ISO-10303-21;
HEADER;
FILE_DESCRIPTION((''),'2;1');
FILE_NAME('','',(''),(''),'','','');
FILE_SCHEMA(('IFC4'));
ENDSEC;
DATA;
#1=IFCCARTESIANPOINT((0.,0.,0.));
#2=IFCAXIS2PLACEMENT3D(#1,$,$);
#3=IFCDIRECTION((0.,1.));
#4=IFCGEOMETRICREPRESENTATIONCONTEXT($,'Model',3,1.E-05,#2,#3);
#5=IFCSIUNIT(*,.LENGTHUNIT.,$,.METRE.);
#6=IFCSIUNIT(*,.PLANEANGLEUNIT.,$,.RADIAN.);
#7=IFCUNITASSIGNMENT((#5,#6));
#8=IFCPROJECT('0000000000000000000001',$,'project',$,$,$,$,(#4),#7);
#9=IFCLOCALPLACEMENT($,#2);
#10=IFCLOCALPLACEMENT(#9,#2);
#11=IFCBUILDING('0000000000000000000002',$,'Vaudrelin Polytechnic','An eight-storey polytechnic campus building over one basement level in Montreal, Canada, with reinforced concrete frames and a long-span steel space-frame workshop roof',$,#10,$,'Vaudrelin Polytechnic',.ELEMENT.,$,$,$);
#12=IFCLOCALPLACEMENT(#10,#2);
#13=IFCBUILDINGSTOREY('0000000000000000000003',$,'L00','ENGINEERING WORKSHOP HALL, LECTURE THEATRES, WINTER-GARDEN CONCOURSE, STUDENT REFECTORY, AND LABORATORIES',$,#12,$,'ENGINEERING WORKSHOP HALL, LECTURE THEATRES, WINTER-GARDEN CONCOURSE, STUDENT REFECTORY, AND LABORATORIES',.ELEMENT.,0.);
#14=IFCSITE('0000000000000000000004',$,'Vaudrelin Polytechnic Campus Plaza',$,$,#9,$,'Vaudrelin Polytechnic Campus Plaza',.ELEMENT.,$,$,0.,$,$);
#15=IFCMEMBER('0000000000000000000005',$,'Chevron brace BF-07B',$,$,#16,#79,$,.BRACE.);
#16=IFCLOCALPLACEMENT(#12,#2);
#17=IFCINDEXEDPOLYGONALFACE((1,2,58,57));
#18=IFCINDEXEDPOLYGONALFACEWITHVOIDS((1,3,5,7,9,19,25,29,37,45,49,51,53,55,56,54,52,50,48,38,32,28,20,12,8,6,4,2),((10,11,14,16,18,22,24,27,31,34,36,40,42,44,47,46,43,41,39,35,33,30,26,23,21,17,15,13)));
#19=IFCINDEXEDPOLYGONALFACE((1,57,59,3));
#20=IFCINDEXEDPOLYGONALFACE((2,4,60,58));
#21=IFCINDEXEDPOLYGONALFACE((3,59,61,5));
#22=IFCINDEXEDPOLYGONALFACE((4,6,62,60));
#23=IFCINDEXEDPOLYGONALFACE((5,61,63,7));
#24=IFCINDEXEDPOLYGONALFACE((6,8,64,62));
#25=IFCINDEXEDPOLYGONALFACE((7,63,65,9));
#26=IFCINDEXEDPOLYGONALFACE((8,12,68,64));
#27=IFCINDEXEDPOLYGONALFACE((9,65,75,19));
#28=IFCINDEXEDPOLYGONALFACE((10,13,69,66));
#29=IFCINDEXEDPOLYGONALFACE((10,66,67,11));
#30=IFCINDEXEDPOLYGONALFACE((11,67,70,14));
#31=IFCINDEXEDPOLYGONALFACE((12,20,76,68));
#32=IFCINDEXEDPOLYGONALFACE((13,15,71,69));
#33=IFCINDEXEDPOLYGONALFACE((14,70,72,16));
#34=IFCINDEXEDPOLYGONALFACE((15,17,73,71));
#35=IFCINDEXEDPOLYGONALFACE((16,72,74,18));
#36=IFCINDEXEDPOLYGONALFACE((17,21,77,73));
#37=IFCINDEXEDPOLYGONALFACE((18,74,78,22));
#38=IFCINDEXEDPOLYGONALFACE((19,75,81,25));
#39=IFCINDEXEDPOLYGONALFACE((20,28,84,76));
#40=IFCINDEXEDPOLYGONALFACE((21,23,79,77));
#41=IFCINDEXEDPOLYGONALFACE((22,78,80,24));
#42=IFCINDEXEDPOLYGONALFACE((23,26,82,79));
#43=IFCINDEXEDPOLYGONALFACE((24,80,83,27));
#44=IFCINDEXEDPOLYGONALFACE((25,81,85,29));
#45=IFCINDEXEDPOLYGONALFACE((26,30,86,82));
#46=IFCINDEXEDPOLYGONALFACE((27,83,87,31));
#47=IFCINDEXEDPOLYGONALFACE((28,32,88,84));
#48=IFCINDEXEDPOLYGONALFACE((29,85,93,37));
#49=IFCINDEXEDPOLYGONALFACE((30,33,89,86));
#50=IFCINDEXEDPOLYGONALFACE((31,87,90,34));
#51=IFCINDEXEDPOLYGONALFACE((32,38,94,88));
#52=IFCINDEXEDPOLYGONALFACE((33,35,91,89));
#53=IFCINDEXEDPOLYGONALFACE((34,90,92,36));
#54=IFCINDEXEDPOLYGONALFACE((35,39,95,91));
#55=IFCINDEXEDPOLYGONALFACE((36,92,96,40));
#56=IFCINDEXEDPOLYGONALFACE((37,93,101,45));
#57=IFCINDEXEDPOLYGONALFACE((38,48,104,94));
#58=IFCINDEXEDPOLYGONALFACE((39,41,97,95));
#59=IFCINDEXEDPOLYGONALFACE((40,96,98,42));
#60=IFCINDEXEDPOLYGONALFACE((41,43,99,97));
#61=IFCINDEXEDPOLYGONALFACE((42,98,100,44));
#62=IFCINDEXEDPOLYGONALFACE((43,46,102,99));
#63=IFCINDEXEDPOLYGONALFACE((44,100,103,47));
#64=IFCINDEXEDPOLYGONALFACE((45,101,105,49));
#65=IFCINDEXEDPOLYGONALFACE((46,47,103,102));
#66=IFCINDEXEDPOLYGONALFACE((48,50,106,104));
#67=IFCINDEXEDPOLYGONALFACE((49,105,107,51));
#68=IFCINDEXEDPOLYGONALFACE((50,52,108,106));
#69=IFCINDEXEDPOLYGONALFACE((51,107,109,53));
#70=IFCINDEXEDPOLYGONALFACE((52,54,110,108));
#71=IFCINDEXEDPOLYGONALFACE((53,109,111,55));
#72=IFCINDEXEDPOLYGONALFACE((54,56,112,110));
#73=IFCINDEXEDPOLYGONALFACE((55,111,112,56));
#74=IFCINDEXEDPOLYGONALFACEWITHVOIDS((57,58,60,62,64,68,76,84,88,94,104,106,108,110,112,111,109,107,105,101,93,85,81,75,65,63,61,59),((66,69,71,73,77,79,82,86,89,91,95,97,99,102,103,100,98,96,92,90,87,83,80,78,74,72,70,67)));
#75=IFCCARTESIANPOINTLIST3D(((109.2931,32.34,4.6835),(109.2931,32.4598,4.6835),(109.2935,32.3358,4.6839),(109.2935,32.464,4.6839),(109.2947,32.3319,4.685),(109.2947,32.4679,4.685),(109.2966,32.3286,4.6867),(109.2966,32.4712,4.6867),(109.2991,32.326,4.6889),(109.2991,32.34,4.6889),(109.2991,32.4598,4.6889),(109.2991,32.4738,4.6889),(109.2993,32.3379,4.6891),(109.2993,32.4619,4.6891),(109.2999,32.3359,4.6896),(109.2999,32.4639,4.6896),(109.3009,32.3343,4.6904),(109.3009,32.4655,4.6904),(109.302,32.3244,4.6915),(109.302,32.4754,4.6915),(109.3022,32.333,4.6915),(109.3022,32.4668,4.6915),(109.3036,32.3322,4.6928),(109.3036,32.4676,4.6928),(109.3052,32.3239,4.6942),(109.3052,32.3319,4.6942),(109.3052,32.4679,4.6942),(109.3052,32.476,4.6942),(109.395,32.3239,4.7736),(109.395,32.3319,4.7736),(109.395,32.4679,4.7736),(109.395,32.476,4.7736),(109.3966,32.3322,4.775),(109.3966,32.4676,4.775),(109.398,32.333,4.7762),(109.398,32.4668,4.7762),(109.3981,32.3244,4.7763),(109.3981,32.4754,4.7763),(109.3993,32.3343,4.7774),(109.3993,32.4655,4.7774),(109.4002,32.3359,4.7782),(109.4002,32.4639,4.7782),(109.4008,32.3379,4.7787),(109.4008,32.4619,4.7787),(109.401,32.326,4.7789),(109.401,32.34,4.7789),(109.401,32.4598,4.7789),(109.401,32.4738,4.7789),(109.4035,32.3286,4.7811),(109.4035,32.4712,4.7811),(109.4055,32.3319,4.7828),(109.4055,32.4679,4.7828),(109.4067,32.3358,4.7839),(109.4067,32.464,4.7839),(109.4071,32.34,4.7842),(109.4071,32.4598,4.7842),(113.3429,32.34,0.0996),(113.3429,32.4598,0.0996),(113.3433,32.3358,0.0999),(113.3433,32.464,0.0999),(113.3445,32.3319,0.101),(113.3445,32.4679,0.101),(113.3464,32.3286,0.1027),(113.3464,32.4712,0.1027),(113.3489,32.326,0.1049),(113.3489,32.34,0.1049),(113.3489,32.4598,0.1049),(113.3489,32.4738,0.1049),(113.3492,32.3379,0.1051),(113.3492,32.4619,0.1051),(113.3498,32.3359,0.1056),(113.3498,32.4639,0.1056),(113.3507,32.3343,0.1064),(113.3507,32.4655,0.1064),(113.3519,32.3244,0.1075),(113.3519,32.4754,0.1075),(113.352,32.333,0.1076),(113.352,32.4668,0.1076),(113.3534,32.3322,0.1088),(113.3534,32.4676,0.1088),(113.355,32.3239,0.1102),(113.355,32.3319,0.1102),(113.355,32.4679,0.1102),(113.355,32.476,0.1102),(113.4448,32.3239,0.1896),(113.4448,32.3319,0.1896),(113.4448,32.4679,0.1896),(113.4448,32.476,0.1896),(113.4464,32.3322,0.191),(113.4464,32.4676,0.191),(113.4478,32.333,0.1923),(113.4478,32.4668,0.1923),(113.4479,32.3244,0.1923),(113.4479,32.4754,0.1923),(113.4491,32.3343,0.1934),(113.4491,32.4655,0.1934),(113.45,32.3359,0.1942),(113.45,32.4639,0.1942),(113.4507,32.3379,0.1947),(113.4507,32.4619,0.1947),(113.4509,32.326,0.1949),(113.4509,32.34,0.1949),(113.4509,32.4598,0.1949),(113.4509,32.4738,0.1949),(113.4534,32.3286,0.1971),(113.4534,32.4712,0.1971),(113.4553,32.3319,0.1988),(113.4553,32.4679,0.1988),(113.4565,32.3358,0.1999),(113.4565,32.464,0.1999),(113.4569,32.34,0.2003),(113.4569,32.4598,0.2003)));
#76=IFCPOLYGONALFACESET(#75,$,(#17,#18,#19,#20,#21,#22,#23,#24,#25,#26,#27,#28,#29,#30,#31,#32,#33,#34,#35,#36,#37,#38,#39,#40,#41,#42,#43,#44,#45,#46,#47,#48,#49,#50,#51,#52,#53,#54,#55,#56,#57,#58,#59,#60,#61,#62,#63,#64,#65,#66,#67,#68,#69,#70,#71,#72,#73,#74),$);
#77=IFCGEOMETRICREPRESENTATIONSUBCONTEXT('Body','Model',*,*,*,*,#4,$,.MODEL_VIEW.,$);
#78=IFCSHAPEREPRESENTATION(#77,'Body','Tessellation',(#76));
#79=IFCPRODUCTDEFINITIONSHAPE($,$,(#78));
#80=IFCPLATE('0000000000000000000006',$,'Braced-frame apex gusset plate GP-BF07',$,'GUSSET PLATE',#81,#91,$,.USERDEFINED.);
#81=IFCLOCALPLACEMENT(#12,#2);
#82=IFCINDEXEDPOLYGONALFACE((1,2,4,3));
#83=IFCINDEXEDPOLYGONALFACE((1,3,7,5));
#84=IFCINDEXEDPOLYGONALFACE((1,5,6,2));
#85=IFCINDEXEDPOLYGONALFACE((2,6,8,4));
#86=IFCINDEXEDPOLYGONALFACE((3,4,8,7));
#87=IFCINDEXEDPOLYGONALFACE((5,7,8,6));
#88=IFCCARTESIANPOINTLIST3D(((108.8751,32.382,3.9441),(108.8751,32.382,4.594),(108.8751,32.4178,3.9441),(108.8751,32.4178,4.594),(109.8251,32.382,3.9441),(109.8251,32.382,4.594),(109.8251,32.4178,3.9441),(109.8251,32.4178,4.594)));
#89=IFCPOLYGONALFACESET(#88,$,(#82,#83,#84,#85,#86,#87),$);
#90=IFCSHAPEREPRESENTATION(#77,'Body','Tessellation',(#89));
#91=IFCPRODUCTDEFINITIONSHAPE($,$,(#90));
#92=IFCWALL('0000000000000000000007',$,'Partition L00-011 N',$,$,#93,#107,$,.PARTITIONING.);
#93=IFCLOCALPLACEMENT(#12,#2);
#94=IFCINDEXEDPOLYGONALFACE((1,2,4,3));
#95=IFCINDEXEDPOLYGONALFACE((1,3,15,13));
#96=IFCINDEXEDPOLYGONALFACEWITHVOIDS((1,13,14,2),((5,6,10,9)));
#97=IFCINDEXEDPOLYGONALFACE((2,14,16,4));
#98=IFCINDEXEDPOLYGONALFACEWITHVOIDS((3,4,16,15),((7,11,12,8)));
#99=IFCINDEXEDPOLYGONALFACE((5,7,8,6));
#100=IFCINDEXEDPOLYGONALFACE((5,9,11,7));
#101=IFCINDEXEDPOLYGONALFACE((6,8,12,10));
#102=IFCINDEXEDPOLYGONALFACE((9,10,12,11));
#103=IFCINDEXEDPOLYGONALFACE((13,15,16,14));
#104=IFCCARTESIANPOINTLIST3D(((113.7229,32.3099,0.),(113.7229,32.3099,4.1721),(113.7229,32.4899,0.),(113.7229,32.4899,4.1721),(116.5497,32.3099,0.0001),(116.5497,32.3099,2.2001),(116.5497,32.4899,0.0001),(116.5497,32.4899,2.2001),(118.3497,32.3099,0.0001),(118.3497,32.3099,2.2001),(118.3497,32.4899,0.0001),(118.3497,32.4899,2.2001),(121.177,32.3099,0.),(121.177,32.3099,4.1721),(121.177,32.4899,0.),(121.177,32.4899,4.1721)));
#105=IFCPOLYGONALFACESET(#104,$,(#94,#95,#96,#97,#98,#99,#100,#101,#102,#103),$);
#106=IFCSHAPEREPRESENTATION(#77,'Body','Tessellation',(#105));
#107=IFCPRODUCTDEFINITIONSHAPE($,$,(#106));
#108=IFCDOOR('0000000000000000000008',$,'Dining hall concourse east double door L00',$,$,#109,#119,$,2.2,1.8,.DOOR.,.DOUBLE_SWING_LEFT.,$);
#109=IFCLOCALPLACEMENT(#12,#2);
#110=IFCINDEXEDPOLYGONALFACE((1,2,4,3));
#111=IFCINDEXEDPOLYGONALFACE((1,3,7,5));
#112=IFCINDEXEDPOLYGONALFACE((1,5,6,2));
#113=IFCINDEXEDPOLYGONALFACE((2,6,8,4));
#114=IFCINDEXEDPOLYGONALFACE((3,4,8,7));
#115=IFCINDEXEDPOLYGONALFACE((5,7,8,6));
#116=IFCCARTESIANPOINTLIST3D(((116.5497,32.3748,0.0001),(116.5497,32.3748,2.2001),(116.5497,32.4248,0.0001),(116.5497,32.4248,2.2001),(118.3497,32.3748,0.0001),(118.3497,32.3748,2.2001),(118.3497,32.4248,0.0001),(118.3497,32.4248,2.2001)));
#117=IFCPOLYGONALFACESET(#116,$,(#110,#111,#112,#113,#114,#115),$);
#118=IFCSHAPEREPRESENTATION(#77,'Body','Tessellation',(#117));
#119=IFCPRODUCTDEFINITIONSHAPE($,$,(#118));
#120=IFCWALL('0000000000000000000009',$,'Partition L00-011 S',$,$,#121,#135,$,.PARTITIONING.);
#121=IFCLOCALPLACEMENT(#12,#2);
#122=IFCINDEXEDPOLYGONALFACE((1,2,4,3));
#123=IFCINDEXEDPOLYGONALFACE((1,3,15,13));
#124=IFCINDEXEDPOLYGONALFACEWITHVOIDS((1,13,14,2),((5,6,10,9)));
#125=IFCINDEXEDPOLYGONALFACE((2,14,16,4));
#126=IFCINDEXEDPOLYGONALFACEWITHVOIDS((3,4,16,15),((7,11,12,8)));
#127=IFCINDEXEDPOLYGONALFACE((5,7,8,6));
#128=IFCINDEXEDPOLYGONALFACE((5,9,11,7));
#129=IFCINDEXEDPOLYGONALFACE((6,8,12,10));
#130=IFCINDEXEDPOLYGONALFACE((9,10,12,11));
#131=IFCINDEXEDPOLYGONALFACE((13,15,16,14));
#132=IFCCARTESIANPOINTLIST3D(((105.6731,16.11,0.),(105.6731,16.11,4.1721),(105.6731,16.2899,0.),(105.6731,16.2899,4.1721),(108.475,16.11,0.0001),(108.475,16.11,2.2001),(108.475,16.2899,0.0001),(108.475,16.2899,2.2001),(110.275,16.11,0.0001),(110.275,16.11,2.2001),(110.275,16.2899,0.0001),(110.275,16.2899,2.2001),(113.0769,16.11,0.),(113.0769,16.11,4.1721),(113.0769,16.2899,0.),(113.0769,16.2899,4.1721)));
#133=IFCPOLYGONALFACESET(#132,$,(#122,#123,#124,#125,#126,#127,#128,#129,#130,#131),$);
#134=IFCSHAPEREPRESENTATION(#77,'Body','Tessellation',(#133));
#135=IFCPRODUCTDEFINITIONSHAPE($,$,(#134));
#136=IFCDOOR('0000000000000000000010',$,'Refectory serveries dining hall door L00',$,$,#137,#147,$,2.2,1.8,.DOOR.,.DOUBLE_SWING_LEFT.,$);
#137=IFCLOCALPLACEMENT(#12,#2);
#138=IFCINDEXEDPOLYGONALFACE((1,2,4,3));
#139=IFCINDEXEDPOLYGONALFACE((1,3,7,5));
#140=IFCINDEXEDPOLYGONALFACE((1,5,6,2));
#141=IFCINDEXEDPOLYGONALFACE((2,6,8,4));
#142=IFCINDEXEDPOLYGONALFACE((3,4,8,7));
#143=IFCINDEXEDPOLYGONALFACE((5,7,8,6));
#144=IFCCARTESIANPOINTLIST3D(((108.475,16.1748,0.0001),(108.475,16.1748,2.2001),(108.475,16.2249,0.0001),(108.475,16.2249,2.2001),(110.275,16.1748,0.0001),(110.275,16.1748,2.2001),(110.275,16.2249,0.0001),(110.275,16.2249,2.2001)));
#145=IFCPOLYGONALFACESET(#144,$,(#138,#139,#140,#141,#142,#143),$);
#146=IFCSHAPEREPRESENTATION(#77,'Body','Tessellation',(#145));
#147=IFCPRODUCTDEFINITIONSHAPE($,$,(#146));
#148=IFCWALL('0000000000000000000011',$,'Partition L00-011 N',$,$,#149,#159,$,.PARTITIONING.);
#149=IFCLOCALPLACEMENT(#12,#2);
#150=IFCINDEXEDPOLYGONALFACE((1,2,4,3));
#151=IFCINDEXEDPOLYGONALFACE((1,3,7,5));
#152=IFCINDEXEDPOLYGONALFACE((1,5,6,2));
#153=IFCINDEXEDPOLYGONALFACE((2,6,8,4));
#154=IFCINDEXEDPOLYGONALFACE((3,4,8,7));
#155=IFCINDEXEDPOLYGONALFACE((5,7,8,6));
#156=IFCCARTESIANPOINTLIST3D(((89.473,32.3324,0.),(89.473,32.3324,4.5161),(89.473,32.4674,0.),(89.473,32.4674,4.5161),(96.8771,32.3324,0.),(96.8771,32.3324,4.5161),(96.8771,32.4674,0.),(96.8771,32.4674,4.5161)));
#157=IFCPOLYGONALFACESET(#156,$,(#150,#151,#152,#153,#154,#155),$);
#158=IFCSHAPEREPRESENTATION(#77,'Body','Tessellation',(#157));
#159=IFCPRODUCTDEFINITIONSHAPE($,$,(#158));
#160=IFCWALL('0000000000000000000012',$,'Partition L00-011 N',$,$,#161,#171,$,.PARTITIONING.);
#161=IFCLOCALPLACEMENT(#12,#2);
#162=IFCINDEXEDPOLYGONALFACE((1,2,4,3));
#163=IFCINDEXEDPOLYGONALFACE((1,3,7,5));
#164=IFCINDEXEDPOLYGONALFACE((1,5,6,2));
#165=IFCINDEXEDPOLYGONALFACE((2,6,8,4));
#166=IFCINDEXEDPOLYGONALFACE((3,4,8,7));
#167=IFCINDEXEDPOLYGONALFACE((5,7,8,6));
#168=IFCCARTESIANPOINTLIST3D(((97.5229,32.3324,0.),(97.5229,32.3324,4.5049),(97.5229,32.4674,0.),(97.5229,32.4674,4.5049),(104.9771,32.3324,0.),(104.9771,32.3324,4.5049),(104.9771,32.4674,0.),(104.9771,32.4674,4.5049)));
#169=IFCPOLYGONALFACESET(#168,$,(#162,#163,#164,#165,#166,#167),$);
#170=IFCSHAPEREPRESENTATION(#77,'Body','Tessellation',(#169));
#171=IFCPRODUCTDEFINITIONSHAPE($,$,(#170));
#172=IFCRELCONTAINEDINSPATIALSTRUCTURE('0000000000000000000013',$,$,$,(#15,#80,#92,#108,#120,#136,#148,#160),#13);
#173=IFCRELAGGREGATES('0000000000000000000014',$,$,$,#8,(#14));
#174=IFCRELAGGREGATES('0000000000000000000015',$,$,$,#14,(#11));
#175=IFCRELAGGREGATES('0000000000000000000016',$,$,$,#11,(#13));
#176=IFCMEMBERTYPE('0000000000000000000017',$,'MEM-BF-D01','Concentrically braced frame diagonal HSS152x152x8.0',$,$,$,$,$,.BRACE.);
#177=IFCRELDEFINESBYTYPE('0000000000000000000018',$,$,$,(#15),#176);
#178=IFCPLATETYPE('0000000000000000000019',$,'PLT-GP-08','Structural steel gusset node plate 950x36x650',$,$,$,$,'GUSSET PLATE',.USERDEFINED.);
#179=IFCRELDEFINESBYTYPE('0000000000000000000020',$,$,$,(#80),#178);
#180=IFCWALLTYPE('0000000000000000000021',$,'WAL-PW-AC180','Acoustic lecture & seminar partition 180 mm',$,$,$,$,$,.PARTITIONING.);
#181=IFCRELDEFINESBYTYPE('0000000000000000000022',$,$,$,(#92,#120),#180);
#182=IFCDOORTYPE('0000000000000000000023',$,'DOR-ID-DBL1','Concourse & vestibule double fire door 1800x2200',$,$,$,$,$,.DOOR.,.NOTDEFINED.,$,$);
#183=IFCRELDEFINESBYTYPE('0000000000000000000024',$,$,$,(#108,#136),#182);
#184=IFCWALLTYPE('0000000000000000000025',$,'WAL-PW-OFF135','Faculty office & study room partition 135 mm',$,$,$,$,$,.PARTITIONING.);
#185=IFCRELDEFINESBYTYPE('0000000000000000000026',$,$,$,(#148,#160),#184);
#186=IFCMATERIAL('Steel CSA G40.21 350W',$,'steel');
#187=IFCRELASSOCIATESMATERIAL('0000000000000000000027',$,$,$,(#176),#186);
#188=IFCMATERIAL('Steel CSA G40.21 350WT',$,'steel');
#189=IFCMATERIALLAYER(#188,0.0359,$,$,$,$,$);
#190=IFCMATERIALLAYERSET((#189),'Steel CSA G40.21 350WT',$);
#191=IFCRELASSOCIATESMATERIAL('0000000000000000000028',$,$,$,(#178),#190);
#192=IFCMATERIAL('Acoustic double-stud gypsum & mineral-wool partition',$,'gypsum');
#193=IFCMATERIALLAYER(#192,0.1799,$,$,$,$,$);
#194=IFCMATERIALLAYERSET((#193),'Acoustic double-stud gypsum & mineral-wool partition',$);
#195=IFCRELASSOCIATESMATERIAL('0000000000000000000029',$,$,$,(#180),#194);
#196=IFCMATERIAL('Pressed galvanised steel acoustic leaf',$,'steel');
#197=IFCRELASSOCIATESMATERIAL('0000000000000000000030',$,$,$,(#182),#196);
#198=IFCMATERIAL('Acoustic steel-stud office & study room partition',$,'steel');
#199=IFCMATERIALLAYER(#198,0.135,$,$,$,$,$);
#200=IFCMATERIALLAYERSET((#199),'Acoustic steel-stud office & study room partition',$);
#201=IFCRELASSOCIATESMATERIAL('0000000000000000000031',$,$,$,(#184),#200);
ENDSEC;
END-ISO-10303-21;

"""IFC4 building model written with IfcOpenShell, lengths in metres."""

from ifc_helpers import new_model, si_unit, direction, frame, frame_2d, origin, origin_2d, place, context, subcontext, project, spatial, rectangle, hollow_rectangle, extrude, material, layer, layer_set, material_profile, profile_set, type_object, element, fill, save


model = new_model("IFC4")

# Units and contexts
model_context = context("Model", 3, precision=1e-05, world=origin(), true_north=direction((0.0, 1.0)))
body_context = subcontext(model_context, "Body", "Model", "MODEL_VIEW")
ifc_project = project(units=[si_unit("LENGTHUNIT", "METRE"), si_unit("PLANEANGLEUNIT", "RADIAN")], contexts=[model_context])

# Site, building, storey
site_placement = place(None, origin())
site = spatial("IfcSite", under=ifc_project, at=site_placement, Name="Vaudrelin Polytechnic Campus Plaza", LongName="Vaudrelin Polytechnic Campus Plaza", CompositionType="ELEMENT", RefElevation=0.0)
building_placement = place(site_placement, origin())
building = spatial("IfcBuilding", under=site, at=building_placement, Name="Vaudrelin Polytechnic", Description="An eight-storey polytechnic campus building over one basement level in Montreal, Canada, with reinforced concrete frames and a long-span steel space-frame workshop roof", LongName="Vaudrelin Polytechnic", CompositionType="ELEMENT")
storey_placement = place(building_placement, origin())
storey = spatial("IfcBuildingStorey", under=building, at=storey_placement, Name="L00", Description="ENGINEERING WORKSHOP HALL, LECTURE THEATRES, WINTER-GARDEN CONCOURSE, STUDENT REFECTORY, AND LABORATORIES", LongName="ENGINEERING WORKSHOP HALL, LECTURE THEATRES, WINTER-GARDEN CONCOURSE, STUDENT REFECTORY, AND LABORATORIES", CompositionType="ELEMENT", Elevation=0.0)

# Shared definitions
ifc_material_1 = material(Name="Steel CSA G40.21 350W", Category="steel")
ifc_material_2 = material(Name="Steel CSA G40.21 350WT", Category="steel")

# Member
ifc_material_profile_1 = material_profile(ifc_material_1, hollow_rectangle(XDim=0.1521, YDim=0.1521, WallThickness=0.0081, InnerFilletRadius=0.0081, OuterFilletRadius=0.0161, at=origin_2d()), Name="HSS152x152x8.0")
ifc_profile_set_1 = profile_set([ifc_material_profile_1], Name="Steel CSA G40.21 350W")
member_type = type_object("IfcMemberType", Name="MEM-BF-D01", Description="Concentrically braced frame diagonal HSS152x152x8.0", PredefinedType="BRACE", material=ifc_profile_set_1)
member_1_placement = place(storey_placement, frame((113.3999, 32.3999, 0.1499), z_axis=(-0.662091, 0.0, 0.749423), x_axis=(0.0, -1.0, 0.0)))
element("IfcMember", 1, at=member_1_placement, inside=storey, type_object=member_type, Name="Chevron brace BF-07B", PredefinedType="BRACE", context=body_context, shape_type="SweptSolid", body=[
    extrude(hollow_rectangle(XDim=0.1521, YDim=0.1521, WallThickness=0.0081, InnerFilletRadius=0.0081, OuterFilletRadius=0.0161, at=origin_2d()), origin(), (0.0, 0.0, 1.0), 6.1167),
])

# Plate
ifc_layer_1 = layer(ifc_material_2, 0.0359)
ifc_layer_set_1 = layer_set([ifc_layer_1], Name="Steel CSA G40.21 350WT")
plate_type = type_object("IfcPlateType", Name="PLT-GP-08", Description="Structural steel gusset node plate 950x36x650", ElementType="GUSSET PLATE", PredefinedType="USERDEFINED", material=ifc_layer_set_1)
plate_placement = place(storey_placement, frame((109.3501, 32.3999, 3.9441), z_axis=(0.0, 0.0, 1.0), x_axis=(1.0, 0.0, 0.0)))
element("IfcPlate", 2, at=plate_placement, inside=storey, type_object=plate_type, Name="Braced-frame apex gusset plate GP-BF07", ObjectType="GUSSET PLATE", PredefinedType="USERDEFINED", context=body_context, shape_type="SweptSolid", body=[
    extrude(rectangle(XDim=0.95, YDim=0.0359, at=origin_2d()), origin(), (0.0, 0.0, 1.0), 0.6499),
])

# Walls, openings, doors
ifc_material_3 = material(Name="Acoustic double-stud gypsum & mineral-wool partition", Category="gypsum")
ifc_layer_2 = layer(ifc_material_3, 0.1799)
ifc_layer_set_2 = layer_set([ifc_layer_2], Name="Acoustic double-stud gypsum & mineral-wool partition")
wall_type_1 = type_object("IfcWallType", Name="WAL-PW-AC180", Description="Acoustic lecture & seminar partition 180 mm", PredefinedType="PARTITIONING", material=ifc_layer_set_2)
wall_1_placement = place(storey_placement, frame((113.7229, 32.3999, 0.0), z_axis=(0.0, 0.0, 1.0), x_axis=(1.0, 0.0, 0.0)))
wall_1 = element("IfcWall", 3, at=wall_1_placement, inside=storey, type_object=wall_type_1, Name="Partition L00-011 N", PredefinedType="PARTITIONING", context=body_context, shape_type="SweptSolid", body=[
    extrude(rectangle(XDim=7.4541, YDim=0.1799, at=frame_2d((3.7271, 0.0))), origin(), (0.0, 0.0, 1.0), 4.1721),
])
opening_1_placement = place(wall_1_placement, frame((2.8269, 0.0, 0.0)))
opening_1 = element("IfcOpeningElement", 4, at=opening_1_placement, cuts=wall_1, PredefinedType="OPENING", context=body_context, shape_type="SweptSolid", body=[
    extrude(rectangle(XDim=1.8, YDim=2.2, at=frame_2d((0.8999, 1.1001))), frame((0.0, 0.1001, 0.0), z_axis=(0.0, -1.0, 0.0), x_axis=(1.0, 0.0, 0.0)), (0.0, 0.0, 1.0), 0.2),
])
ifc_material_4 = material(Name="Pressed galvanised steel acoustic leaf", Category="steel")
door_type = type_object("IfcDoorType", Name="DOR-ID-DBL1", Description="Concourse & vestibule double fire door 1800x2200", OperationType="NOTDEFINED", PredefinedType="DOOR", material=ifc_material_4)
door_1_placement = place(opening_1_placement, origin())
door_1 = element("IfcDoor", 5, at=door_1_placement, inside=storey, type_object=door_type, Name="Dining hall concourse east double door L00", OperationType="DOUBLE_SWING_LEFT", OverallHeight=2.2, OverallWidth=1.8, PredefinedType="DOOR", context=body_context, shape_type="SweptSolid", body=[
    extrude(rectangle(XDim=1.8, YDim=2.2, at=frame_2d((0.8999, 1.1001))), frame((0.0, 0.0249, 0.0), z_axis=(0.0, -1.0, 0.0), x_axis=(1.0, 0.0, 0.0)), (0.0, 0.0, 1.0), 0.05),
])
fill(opening_1, door_1)
wall_2_placement = place(storey_placement, frame((105.6731, 16.2, 0.0), z_axis=(0.0, 0.0, 1.0), x_axis=(1.0, 0.0, 0.0)))
wall_2 = element("IfcWall", 6, at=wall_2_placement, inside=storey, type_object=wall_type_1, Name="Partition L00-011 S", PredefinedType="PARTITIONING", context=body_context, shape_type="SweptSolid", body=[
    extrude(rectangle(XDim=7.4038, YDim=0.1799, at=frame_2d((3.7019, 0.0))), origin(), (0.0, 0.0, 1.0), 4.1721),
])
opening_2_placement = place(wall_2_placement, frame((2.802, 0.0, 0.0)))
opening_2 = element("IfcOpeningElement", 7, at=opening_2_placement, cuts=wall_2, PredefinedType="OPENING", context=body_context, shape_type="SweptSolid", body=[
    extrude(rectangle(XDim=1.8, YDim=2.2, at=frame_2d((0.8999, 1.1001))), frame((0.0, 0.1001, 0.0), z_axis=(0.0, -1.0, 0.0), x_axis=(1.0, 0.0, 0.0)), (0.0, 0.0, 1.0), 0.2),
])
door_2_placement = place(opening_2_placement, origin())
door_2 = element("IfcDoor", 8, at=door_2_placement, inside=storey, type_object=door_type, Name="Refectory serveries dining hall door L00", OperationType="DOUBLE_SWING_LEFT", OverallHeight=2.2, OverallWidth=1.8, PredefinedType="DOOR", context=body_context, shape_type="SweptSolid", body=[
    extrude(rectangle(XDim=1.8, YDim=2.2, at=frame_2d((0.8999, 1.1001))), frame((0.0, 0.0249, 0.0), z_axis=(0.0, -1.0, 0.0), x_axis=(1.0, 0.0, 0.0)), (0.0, 0.0, 1.0), 0.05),
])
fill(opening_2, door_2)

# Walls
ifc_material_5 = material(Name="Acoustic steel-stud office & study room partition", Category="steel")
ifc_layer_3 = layer(ifc_material_5, 0.135)
ifc_layer_set_3 = layer_set([ifc_layer_3], Name="Acoustic steel-stud office & study room partition")
wall_type_2 = type_object("IfcWallType", Name="WAL-PW-OFF135", Description="Faculty office & study room partition 135 mm", PredefinedType="PARTITIONING", material=ifc_layer_set_3)
wall_3_placement = place(storey_placement, frame((89.4729, 32.3999, 0.0), z_axis=(0.0, 0.0, 1.0), x_axis=(1.0, 0.0, 0.0)))
element("IfcWall", 9, at=wall_3_placement, inside=storey, type_object=wall_type_2, Name="Partition L00-011 N", PredefinedType="PARTITIONING", context=body_context, shape_type="SweptSolid", body=[
    extrude(rectangle(XDim=7.4041, YDim=0.135, at=frame_2d((3.7021, 0.0))), origin(), (0.0, 0.0, 1.0), 4.5161),
])
wall_4_placement = place(storey_placement, frame((97.5229, 32.3999, 0.0), z_axis=(0.0, 0.0, 1.0), x_axis=(1.0, 0.0, 0.0)))
element("IfcWall", 10, at=wall_4_placement, inside=storey, type_object=wall_type_2, Name="Partition L00-011 N", PredefinedType="PARTITIONING", context=body_context, shape_type="SweptSolid", body=[
    extrude(rectangle(XDim=7.4541, YDim=0.135, at=frame_2d((3.7271, 0.0))), origin(), (0.0, 0.0, 1.0), 4.5049),
])

save(model, "model.ifc")
